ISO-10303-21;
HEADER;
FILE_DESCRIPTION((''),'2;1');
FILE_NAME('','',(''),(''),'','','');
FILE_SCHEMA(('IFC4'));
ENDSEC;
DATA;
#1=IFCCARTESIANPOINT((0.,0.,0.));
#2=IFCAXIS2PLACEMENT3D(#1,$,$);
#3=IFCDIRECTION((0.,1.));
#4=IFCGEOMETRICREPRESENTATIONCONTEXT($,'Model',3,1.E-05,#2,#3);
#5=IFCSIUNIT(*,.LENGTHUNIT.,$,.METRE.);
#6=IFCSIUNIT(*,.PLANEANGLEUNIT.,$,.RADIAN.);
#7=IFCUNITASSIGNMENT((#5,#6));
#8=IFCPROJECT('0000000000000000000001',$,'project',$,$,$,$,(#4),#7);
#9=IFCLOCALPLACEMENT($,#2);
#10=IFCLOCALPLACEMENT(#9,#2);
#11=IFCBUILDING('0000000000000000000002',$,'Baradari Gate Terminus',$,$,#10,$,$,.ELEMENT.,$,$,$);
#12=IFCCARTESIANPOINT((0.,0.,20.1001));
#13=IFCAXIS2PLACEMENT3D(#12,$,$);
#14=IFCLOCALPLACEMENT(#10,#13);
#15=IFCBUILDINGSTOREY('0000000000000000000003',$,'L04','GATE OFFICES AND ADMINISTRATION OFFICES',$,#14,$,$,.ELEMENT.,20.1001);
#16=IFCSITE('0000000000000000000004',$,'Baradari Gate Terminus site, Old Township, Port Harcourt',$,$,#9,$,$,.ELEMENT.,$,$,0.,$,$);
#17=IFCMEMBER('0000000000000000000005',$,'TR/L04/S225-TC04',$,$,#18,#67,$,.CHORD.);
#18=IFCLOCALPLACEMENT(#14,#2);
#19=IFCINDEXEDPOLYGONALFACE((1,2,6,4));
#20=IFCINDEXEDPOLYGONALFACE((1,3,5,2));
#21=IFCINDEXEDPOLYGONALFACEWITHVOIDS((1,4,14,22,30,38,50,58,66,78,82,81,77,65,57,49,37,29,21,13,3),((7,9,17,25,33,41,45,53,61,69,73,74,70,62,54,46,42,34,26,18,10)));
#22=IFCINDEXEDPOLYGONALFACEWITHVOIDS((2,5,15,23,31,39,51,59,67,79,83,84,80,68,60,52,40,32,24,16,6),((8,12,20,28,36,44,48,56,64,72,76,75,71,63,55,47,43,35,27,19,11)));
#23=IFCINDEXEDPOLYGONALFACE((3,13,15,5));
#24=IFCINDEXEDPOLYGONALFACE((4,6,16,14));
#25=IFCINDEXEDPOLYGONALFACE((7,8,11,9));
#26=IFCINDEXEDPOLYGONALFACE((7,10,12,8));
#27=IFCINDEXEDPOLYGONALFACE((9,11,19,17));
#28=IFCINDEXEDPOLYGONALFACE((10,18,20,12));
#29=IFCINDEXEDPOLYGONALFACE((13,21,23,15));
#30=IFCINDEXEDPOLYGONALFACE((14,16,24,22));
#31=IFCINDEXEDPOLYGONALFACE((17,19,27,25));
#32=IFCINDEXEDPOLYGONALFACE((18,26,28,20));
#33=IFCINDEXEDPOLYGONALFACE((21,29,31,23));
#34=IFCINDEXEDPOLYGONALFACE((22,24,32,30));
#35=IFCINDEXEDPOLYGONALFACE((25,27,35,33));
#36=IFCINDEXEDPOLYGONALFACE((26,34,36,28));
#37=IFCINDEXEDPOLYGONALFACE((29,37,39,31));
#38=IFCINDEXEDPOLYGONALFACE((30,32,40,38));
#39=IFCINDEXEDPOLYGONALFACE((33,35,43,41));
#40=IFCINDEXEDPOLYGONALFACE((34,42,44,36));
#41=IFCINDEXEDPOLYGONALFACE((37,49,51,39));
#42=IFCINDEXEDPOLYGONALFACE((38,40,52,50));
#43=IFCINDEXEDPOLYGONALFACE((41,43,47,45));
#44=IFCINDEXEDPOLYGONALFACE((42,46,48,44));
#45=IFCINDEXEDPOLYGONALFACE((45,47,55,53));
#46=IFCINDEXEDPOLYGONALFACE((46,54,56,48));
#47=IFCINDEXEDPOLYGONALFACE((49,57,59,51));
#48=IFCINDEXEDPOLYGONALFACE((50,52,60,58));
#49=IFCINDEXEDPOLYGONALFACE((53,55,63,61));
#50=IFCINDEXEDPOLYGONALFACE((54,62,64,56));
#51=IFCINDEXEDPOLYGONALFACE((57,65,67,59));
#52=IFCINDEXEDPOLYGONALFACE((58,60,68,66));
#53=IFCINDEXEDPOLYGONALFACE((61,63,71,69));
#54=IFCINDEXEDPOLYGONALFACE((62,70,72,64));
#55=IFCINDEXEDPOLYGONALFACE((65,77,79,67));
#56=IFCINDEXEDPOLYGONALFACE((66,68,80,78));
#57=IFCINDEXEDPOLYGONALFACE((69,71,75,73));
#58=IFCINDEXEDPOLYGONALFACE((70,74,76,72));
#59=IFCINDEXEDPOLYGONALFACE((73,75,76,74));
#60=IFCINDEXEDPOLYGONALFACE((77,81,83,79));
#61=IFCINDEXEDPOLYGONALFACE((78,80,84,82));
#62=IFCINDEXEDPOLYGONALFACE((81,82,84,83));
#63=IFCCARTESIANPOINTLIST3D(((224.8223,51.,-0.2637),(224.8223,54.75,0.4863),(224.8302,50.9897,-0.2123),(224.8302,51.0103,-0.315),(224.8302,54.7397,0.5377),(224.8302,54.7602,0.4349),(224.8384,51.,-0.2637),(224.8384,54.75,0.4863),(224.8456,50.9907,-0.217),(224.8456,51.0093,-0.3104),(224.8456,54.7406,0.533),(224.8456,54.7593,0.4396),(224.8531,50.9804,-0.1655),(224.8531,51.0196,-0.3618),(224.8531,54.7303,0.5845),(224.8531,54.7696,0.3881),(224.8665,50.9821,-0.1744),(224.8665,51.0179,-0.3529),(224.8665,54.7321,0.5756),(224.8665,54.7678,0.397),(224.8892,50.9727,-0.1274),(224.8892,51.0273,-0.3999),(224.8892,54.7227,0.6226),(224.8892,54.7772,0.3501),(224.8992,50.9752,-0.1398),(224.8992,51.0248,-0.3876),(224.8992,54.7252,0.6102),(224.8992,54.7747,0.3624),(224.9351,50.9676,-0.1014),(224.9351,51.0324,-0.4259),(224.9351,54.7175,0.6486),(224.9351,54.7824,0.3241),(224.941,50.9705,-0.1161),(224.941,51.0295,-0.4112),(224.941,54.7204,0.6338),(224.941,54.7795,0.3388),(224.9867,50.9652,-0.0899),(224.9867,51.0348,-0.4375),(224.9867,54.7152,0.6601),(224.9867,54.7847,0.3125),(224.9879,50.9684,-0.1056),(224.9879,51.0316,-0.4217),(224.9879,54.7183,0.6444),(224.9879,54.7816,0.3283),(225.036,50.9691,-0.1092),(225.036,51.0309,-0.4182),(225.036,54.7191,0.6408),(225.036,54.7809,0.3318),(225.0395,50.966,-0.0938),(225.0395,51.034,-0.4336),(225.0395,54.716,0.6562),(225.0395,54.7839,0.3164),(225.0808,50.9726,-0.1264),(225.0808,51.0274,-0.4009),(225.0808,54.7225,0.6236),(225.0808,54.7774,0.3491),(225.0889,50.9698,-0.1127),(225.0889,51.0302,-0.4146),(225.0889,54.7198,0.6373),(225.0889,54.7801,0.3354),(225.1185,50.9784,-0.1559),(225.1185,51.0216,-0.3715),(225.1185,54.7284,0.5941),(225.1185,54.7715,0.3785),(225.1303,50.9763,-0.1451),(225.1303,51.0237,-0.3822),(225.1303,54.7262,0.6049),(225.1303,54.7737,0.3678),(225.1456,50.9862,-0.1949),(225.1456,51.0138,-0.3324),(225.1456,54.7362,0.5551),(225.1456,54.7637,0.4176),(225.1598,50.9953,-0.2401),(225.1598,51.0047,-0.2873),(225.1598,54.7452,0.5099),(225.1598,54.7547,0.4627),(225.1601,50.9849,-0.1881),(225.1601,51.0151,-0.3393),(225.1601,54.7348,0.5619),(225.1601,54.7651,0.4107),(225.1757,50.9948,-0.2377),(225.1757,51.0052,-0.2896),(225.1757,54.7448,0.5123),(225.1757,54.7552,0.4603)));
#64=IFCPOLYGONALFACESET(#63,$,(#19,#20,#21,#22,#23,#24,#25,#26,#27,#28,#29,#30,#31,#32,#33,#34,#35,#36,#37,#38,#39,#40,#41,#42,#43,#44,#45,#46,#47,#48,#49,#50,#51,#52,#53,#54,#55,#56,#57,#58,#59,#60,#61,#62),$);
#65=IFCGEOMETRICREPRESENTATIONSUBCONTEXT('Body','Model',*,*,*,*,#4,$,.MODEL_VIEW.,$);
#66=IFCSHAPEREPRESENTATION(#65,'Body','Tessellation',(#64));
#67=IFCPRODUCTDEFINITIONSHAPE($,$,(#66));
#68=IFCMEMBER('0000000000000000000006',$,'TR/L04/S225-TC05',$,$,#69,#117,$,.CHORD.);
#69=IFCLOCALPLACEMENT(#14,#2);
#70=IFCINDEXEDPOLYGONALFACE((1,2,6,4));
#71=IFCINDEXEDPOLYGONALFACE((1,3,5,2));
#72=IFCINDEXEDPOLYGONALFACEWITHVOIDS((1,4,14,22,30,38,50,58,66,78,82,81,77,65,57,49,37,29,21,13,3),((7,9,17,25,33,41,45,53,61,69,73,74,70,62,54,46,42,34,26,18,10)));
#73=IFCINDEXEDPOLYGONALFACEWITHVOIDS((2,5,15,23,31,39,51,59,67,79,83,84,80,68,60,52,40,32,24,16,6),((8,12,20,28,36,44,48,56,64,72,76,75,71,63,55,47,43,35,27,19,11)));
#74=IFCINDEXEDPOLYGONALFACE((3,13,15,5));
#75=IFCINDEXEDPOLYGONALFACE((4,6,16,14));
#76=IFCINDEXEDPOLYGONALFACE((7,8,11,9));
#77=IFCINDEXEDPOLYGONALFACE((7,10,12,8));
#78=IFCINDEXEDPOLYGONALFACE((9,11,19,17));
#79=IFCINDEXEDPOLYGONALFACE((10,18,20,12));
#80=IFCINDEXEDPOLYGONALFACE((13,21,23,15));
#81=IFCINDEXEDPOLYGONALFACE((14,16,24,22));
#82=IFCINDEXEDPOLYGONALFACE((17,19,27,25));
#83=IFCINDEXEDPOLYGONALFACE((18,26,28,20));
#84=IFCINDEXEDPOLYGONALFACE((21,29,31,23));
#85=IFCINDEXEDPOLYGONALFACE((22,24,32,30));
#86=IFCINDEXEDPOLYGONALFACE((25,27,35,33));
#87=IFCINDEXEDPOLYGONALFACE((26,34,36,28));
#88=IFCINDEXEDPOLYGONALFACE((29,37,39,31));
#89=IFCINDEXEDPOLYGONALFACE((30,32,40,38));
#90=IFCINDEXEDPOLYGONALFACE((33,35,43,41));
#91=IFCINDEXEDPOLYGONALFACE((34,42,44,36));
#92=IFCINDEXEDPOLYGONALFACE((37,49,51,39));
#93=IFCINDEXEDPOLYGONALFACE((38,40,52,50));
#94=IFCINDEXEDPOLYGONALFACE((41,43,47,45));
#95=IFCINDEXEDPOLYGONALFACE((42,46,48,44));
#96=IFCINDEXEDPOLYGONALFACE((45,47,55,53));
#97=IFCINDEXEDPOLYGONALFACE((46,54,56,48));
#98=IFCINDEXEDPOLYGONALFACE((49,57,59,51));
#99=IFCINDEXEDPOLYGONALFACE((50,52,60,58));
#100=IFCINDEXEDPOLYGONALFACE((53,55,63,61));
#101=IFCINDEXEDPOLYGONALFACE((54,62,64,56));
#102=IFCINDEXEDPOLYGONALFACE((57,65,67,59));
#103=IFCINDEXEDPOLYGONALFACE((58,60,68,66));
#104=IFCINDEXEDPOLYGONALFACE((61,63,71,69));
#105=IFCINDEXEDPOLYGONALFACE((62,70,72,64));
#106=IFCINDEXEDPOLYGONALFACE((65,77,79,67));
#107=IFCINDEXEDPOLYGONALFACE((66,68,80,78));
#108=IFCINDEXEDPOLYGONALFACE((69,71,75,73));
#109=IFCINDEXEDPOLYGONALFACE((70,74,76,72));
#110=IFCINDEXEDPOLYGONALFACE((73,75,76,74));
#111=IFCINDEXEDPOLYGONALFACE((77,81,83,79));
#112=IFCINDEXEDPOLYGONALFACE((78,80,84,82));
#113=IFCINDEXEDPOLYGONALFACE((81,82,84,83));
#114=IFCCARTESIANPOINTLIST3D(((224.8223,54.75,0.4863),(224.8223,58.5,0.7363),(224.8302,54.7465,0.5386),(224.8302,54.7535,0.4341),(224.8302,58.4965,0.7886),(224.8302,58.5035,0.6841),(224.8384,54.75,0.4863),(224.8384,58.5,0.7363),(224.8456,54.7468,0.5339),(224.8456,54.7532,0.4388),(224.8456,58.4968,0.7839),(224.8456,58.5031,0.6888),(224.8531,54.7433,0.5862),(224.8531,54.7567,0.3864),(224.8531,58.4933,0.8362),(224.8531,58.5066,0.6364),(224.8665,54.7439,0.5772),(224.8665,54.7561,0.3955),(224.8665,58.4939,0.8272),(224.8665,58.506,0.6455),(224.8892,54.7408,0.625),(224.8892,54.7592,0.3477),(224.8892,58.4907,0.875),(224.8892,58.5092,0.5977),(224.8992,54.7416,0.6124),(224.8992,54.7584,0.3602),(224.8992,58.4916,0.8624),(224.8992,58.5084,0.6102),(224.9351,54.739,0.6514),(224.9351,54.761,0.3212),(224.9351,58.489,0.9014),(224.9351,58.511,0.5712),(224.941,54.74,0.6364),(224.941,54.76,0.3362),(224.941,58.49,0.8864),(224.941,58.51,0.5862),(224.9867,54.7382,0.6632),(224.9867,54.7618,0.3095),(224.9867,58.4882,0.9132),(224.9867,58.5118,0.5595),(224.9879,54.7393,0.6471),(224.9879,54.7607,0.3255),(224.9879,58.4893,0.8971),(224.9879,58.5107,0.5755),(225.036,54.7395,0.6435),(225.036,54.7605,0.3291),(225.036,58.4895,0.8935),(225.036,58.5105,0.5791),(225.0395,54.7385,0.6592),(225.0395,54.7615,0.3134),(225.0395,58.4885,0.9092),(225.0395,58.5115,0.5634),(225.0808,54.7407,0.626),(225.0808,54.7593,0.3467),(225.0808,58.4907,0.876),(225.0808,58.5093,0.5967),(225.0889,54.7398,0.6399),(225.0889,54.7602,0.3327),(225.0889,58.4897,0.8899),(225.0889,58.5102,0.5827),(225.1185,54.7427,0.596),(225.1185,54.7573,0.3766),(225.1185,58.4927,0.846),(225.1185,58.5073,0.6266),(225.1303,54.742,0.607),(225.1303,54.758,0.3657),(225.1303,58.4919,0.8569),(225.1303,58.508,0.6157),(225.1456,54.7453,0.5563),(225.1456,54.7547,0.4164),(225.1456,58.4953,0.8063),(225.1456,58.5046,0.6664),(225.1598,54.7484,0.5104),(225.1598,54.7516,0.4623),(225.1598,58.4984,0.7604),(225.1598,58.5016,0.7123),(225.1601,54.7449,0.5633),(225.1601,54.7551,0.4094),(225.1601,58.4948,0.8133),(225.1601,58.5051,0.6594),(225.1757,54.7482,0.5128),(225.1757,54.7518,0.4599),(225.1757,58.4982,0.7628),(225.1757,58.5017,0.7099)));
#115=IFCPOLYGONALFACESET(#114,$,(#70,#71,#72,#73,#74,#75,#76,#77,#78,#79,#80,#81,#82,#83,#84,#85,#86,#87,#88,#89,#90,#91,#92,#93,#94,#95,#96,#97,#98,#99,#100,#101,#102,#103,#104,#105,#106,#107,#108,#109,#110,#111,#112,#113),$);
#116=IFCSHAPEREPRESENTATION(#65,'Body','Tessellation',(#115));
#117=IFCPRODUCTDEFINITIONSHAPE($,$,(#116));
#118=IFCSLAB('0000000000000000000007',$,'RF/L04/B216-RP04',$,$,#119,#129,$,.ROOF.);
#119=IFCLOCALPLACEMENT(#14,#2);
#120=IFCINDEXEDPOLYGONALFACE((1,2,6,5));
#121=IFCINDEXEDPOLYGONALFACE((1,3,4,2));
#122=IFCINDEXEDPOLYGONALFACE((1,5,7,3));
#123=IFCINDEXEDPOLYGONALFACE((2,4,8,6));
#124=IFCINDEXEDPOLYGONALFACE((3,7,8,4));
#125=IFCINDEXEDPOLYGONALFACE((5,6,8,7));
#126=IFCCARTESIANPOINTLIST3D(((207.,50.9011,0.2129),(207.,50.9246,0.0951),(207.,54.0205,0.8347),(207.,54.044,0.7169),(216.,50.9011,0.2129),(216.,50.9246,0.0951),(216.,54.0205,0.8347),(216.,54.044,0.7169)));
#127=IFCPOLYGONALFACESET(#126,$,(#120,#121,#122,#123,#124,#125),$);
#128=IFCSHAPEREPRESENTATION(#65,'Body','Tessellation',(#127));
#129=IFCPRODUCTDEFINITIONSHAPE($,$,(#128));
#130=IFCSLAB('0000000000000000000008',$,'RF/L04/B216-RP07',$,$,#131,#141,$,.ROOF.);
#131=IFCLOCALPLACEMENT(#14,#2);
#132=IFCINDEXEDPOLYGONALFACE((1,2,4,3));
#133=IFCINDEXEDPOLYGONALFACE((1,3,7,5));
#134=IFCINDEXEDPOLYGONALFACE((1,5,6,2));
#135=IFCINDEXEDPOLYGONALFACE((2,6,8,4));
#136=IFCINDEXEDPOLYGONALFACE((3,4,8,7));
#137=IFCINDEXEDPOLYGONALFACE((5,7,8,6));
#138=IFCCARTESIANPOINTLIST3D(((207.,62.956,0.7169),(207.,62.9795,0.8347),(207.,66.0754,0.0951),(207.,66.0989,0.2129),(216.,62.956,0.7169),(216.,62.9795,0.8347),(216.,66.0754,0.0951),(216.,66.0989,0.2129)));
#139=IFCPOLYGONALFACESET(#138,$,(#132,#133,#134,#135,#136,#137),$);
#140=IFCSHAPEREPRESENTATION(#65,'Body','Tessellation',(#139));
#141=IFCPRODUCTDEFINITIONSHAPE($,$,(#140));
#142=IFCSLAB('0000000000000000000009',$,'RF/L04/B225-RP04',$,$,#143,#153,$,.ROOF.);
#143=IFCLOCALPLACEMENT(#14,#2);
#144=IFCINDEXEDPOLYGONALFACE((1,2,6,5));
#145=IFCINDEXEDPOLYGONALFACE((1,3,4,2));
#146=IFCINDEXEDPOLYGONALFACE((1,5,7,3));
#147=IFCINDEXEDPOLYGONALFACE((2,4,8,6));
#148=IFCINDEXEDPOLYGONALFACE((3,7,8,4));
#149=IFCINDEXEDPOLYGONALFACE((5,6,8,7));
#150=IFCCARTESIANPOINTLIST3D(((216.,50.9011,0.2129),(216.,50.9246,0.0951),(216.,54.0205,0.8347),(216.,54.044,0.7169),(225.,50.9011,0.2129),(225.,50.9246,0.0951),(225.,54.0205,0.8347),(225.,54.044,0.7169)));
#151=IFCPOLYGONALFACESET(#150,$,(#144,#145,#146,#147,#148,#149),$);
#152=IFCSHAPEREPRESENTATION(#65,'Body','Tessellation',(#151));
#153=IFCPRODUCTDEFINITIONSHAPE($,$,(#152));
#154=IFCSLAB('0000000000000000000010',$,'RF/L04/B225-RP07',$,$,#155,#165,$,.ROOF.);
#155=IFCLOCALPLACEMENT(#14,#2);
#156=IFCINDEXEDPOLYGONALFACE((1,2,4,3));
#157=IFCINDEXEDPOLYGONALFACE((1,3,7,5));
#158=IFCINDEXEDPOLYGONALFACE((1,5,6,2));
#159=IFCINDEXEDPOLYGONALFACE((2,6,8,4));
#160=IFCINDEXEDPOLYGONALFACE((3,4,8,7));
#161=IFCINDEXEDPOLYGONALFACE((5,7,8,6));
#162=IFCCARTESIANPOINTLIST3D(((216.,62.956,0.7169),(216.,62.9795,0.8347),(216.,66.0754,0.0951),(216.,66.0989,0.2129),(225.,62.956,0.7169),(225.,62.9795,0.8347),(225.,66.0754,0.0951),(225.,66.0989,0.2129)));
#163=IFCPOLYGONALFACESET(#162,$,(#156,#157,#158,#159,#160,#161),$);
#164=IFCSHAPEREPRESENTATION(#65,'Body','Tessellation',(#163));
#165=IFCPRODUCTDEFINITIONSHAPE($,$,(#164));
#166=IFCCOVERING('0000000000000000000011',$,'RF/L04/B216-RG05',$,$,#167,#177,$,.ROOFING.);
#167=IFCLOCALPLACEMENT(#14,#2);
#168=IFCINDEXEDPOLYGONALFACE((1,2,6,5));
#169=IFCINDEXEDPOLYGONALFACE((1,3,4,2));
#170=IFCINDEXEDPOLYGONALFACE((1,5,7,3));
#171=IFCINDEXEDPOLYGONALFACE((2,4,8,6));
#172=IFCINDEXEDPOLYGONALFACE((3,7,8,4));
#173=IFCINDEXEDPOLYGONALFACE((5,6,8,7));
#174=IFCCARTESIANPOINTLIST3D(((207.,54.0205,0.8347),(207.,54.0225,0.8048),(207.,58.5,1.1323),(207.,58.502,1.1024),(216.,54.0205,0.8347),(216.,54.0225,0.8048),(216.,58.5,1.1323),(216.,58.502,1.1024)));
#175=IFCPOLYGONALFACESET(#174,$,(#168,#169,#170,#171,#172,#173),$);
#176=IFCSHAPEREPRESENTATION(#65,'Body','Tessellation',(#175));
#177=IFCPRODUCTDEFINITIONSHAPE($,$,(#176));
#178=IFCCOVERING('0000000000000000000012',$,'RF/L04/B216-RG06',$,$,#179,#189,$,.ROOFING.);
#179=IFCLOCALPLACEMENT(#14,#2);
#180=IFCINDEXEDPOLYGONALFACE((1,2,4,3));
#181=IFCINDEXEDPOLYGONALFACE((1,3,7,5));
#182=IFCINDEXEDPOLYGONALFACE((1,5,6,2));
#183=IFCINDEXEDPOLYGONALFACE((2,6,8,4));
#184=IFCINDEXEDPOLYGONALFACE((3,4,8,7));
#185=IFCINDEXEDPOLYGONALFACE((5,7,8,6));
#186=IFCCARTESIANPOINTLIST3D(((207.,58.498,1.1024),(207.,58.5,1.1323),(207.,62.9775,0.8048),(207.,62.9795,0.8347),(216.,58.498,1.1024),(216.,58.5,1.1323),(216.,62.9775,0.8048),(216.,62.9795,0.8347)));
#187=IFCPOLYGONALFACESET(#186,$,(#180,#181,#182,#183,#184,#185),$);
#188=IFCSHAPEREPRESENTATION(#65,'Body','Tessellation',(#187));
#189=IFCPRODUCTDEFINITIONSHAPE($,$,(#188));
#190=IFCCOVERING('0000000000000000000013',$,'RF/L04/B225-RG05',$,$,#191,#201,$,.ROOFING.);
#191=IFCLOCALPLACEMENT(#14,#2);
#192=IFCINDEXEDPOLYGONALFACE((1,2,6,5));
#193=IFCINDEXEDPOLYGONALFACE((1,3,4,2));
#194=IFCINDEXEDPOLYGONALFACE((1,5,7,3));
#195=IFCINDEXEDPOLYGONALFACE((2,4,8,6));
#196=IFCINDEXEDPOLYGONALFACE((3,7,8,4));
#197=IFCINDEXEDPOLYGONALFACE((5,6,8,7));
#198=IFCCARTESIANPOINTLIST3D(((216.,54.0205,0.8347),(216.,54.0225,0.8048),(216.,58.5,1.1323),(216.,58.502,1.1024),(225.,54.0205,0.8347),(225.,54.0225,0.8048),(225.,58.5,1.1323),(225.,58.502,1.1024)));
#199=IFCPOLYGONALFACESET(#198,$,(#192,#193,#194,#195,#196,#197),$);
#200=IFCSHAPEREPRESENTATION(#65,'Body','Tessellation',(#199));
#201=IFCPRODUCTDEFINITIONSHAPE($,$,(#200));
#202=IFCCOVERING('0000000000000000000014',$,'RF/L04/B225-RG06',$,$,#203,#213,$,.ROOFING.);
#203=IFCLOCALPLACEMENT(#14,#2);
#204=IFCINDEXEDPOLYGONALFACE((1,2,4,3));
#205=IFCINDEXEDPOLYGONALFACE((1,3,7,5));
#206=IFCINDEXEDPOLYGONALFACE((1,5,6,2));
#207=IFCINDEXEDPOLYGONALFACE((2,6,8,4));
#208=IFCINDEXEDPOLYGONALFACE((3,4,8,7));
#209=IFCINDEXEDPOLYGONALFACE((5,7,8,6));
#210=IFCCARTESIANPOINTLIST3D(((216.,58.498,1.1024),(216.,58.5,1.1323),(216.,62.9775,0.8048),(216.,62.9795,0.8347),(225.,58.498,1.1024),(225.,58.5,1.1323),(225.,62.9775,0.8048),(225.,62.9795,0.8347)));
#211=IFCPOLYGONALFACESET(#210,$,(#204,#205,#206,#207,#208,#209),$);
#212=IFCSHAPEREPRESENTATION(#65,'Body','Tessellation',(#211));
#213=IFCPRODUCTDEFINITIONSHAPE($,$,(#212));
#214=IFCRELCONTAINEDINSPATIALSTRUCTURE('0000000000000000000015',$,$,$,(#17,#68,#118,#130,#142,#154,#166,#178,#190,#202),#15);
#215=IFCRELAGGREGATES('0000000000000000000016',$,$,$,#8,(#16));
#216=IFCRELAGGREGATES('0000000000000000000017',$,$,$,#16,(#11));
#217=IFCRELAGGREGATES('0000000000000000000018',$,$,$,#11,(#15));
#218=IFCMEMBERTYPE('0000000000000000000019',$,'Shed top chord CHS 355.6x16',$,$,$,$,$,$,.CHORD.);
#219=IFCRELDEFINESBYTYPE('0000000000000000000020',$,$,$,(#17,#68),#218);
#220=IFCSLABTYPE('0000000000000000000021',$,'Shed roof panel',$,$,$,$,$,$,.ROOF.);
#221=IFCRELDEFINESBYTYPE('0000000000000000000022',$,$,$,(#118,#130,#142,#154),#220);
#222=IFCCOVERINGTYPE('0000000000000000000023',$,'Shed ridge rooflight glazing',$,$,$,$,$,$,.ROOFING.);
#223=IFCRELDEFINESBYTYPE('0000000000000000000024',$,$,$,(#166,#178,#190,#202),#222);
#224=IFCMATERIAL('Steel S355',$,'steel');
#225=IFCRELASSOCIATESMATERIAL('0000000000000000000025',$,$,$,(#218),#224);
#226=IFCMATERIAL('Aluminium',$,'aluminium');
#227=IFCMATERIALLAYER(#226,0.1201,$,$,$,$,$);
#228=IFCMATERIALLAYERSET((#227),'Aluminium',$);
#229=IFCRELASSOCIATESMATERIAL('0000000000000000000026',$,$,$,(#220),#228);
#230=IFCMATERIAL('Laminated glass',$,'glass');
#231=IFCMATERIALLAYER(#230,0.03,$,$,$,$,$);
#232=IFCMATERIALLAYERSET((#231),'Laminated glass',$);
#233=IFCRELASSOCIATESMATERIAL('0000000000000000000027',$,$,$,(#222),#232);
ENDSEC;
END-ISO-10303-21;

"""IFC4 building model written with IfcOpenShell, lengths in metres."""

from ifc_helpers import new_model, si_unit, direction, frame, origin, origin_2d, place, context, subcontext, project, spatial, polyline, hollow_circle, outline, extrude, material, layer, layer_set, material_profile, profile_set, type_object, element, save


model = new_model("IFC4")

# Units and contexts
model_context = context("Model", 3, precision=1e-05, world=origin(), true_north=direction((0.0, 1.0)))
body_context = subcontext(model_context, "Body", "Model", "MODEL_VIEW")
ifc_project = project(units=[si_unit("LENGTHUNIT", "METRE"), si_unit("PLANEANGLEUNIT", "RADIAN")], contexts=[model_context])

# Site, building, storey
site_placement = place(None, origin())
site = spatial("IfcSite", under=ifc_project, at=site_placement, Name="Baradari Gate Terminus site, Old Township, Port Harcourt", CompositionType="ELEMENT", RefElevation=0.0)
building_placement = place(site_placement, origin())
building = spatial("IfcBuilding", under=site, at=building_placement, Name="Baradari Gate Terminus", CompositionType="ELEMENT")
storey_placement = place(building_placement, frame((0.0, 0.0, 20.1001)))
storey = spatial("IfcBuildingStorey", under=building, at=storey_placement, Name="L04", Description="GATE OFFICES AND ADMINISTRATION OFFICES", CompositionType="ELEMENT", Elevation=20.1001)

# Members
ifc_material_1 = material(Name="Steel S355", Category="steel")
ifc_material_profile_1 = material_profile(ifc_material_1, hollow_circle(Radius=0.1777, WallThickness=0.0161, at=origin_2d()), Name="CHS 355.6x16")
ifc_profile_set_1 = profile_set([ifc_material_profile_1], Name="Steel S355")
member_type_1 = type_object("IfcMemberType", Name="Shed top chord CHS 355.6x16", PredefinedType="CHORD", material=ifc_profile_set_1)
for number, where, z_axis, x_axis, name in (
    (1, (225.0, 51.0, -0.2637), (0.0, 0.980581, 0.196116), (-1.0, 0.0, 0.0), "TR/L04/S225-TC04"),
):
    element("IfcMember", number, at=place(storey_placement, frame(where, z_axis=z_axis, x_axis=x_axis)), inside=storey, type_object=member_type_1, Name=name, PredefinedType="CHORD", context=body_context, shape_type="SweptSolid", body=[
        extrude(hollow_circle(Radius=0.1777, WallThickness=0.0161, at=origin_2d()), origin(), (0.0, 0.0, 1.0), 3.8242),
    ])
member_1_placement = place(storey_placement, frame((225.0, 54.75, 0.4863), z_axis=(0.0, 0.997785, 0.066519), x_axis=(-1.0, 0.0, 0.0)))
element("IfcMember", 2, at=member_1_placement, inside=storey, type_object=member_type_1, Name="TR/L04/S225-TC05", PredefinedType="CHORD", context=body_context, shape_type="SweptSolid", body=[
    extrude(hollow_circle(Radius=0.1777, WallThickness=0.0161, at=origin_2d()), origin(), (0.0, 0.0, 1.0), 3.7583),
])

# Slabs
ifc_material_2 = material(Name="Aluminium", Category="aluminium")
ifc_layer_1 = layer(ifc_material_2, 0.1201)
ifc_layer_set_1 = layer_set([ifc_layer_1], Name="Aluminium")
slab_type = type_object("IfcSlabType", Name="Shed roof panel", PredefinedType="ROOF", material=ifc_layer_set_1)
for number, where, z_axis, x_axis, name in (
    (3, (207.0, 50.9011, 0.2129), (0.0, -0.195496, 0.980704), (1.0, 0.0, 0.0), "RF/L04/B216-RP04"),
    (4, (207.0, 62.9795, 0.8347), (0.0, 0.195496, 0.980704), (1.0, 0.0, 0.0), "RF/L04/B216-RP07"),
    (5, (216.0, 50.9011, 0.2129), (0.0, -0.195496, 0.980704), (1.0, 0.0, 0.0), "RF/L04/B225-RP04"),
    (6, (216.0, 62.9795, 0.8347), (0.0, 0.195496, 0.980704), (1.0, 0.0, 0.0), "RF/L04/B225-RP07"),
):
    element("IfcSlab", number, at=place(storey_placement, frame(where, z_axis=z_axis, x_axis=x_axis)), inside=storey, type_object=slab_type, Name=name, PredefinedType="ROOF", context=body_context, shape_type="SweptSolid", body=[
        extrude(outline(polyline([(0.0, 0.0), (9.0, 0.0), (9.0, 3.1808), (0.0, 3.1808), (0.0, 0.0)])), origin(), (0.0, 0.0, -1.0), 0.1201),
    ])

# Coverings
ifc_material_3 = material(Name="Laminated glass", Category="glass")
ifc_layer_2 = layer(ifc_material_3, 0.03)
ifc_layer_set_2 = layer_set([ifc_layer_2], Name="Laminated glass")
covering_type = type_object("IfcCoveringType", Name="Shed ridge rooflight glazing", PredefinedType="ROOFING", material=ifc_layer_set_2)
for number, where, z_axis, x_axis, name in (
    (7, (207.0, 54.0205, 0.8347), (0.0, -0.066292, 0.9978), (1.0, 0.0, 0.0), "RF/L04/B216-RG05"),
    (8, (207.0, 58.5, 1.1323), (0.0, 0.066292, 0.9978), (1.0, 0.0, 0.0), "RF/L04/B216-RG06"),
    (9, (216.0, 54.0205, 0.8347), (0.0, -0.066292, 0.9978), (1.0, 0.0, 0.0), "RF/L04/B225-RG05"),
    (10, (216.0, 58.5, 1.1323), (0.0, 0.066292, 0.9978), (1.0, 0.0, 0.0), "RF/L04/B225-RG06"),
):
    element("IfcCovering", number, at=place(storey_placement, frame(where, z_axis=z_axis, x_axis=x_axis)), inside=storey, type_object=covering_type, Name=name, PredefinedType="ROOFING", context=body_context, shape_type="SweptSolid", body=[
        extrude(outline(polyline([(0.0, 0.0), (9.0, 0.0), (9.0, 4.4894), (0.0, 4.4894), (0.0, 0.0)])), origin(), (0.0, 0.0, -1.0), 0.03),
    ])

save(model, "model.ifc")
